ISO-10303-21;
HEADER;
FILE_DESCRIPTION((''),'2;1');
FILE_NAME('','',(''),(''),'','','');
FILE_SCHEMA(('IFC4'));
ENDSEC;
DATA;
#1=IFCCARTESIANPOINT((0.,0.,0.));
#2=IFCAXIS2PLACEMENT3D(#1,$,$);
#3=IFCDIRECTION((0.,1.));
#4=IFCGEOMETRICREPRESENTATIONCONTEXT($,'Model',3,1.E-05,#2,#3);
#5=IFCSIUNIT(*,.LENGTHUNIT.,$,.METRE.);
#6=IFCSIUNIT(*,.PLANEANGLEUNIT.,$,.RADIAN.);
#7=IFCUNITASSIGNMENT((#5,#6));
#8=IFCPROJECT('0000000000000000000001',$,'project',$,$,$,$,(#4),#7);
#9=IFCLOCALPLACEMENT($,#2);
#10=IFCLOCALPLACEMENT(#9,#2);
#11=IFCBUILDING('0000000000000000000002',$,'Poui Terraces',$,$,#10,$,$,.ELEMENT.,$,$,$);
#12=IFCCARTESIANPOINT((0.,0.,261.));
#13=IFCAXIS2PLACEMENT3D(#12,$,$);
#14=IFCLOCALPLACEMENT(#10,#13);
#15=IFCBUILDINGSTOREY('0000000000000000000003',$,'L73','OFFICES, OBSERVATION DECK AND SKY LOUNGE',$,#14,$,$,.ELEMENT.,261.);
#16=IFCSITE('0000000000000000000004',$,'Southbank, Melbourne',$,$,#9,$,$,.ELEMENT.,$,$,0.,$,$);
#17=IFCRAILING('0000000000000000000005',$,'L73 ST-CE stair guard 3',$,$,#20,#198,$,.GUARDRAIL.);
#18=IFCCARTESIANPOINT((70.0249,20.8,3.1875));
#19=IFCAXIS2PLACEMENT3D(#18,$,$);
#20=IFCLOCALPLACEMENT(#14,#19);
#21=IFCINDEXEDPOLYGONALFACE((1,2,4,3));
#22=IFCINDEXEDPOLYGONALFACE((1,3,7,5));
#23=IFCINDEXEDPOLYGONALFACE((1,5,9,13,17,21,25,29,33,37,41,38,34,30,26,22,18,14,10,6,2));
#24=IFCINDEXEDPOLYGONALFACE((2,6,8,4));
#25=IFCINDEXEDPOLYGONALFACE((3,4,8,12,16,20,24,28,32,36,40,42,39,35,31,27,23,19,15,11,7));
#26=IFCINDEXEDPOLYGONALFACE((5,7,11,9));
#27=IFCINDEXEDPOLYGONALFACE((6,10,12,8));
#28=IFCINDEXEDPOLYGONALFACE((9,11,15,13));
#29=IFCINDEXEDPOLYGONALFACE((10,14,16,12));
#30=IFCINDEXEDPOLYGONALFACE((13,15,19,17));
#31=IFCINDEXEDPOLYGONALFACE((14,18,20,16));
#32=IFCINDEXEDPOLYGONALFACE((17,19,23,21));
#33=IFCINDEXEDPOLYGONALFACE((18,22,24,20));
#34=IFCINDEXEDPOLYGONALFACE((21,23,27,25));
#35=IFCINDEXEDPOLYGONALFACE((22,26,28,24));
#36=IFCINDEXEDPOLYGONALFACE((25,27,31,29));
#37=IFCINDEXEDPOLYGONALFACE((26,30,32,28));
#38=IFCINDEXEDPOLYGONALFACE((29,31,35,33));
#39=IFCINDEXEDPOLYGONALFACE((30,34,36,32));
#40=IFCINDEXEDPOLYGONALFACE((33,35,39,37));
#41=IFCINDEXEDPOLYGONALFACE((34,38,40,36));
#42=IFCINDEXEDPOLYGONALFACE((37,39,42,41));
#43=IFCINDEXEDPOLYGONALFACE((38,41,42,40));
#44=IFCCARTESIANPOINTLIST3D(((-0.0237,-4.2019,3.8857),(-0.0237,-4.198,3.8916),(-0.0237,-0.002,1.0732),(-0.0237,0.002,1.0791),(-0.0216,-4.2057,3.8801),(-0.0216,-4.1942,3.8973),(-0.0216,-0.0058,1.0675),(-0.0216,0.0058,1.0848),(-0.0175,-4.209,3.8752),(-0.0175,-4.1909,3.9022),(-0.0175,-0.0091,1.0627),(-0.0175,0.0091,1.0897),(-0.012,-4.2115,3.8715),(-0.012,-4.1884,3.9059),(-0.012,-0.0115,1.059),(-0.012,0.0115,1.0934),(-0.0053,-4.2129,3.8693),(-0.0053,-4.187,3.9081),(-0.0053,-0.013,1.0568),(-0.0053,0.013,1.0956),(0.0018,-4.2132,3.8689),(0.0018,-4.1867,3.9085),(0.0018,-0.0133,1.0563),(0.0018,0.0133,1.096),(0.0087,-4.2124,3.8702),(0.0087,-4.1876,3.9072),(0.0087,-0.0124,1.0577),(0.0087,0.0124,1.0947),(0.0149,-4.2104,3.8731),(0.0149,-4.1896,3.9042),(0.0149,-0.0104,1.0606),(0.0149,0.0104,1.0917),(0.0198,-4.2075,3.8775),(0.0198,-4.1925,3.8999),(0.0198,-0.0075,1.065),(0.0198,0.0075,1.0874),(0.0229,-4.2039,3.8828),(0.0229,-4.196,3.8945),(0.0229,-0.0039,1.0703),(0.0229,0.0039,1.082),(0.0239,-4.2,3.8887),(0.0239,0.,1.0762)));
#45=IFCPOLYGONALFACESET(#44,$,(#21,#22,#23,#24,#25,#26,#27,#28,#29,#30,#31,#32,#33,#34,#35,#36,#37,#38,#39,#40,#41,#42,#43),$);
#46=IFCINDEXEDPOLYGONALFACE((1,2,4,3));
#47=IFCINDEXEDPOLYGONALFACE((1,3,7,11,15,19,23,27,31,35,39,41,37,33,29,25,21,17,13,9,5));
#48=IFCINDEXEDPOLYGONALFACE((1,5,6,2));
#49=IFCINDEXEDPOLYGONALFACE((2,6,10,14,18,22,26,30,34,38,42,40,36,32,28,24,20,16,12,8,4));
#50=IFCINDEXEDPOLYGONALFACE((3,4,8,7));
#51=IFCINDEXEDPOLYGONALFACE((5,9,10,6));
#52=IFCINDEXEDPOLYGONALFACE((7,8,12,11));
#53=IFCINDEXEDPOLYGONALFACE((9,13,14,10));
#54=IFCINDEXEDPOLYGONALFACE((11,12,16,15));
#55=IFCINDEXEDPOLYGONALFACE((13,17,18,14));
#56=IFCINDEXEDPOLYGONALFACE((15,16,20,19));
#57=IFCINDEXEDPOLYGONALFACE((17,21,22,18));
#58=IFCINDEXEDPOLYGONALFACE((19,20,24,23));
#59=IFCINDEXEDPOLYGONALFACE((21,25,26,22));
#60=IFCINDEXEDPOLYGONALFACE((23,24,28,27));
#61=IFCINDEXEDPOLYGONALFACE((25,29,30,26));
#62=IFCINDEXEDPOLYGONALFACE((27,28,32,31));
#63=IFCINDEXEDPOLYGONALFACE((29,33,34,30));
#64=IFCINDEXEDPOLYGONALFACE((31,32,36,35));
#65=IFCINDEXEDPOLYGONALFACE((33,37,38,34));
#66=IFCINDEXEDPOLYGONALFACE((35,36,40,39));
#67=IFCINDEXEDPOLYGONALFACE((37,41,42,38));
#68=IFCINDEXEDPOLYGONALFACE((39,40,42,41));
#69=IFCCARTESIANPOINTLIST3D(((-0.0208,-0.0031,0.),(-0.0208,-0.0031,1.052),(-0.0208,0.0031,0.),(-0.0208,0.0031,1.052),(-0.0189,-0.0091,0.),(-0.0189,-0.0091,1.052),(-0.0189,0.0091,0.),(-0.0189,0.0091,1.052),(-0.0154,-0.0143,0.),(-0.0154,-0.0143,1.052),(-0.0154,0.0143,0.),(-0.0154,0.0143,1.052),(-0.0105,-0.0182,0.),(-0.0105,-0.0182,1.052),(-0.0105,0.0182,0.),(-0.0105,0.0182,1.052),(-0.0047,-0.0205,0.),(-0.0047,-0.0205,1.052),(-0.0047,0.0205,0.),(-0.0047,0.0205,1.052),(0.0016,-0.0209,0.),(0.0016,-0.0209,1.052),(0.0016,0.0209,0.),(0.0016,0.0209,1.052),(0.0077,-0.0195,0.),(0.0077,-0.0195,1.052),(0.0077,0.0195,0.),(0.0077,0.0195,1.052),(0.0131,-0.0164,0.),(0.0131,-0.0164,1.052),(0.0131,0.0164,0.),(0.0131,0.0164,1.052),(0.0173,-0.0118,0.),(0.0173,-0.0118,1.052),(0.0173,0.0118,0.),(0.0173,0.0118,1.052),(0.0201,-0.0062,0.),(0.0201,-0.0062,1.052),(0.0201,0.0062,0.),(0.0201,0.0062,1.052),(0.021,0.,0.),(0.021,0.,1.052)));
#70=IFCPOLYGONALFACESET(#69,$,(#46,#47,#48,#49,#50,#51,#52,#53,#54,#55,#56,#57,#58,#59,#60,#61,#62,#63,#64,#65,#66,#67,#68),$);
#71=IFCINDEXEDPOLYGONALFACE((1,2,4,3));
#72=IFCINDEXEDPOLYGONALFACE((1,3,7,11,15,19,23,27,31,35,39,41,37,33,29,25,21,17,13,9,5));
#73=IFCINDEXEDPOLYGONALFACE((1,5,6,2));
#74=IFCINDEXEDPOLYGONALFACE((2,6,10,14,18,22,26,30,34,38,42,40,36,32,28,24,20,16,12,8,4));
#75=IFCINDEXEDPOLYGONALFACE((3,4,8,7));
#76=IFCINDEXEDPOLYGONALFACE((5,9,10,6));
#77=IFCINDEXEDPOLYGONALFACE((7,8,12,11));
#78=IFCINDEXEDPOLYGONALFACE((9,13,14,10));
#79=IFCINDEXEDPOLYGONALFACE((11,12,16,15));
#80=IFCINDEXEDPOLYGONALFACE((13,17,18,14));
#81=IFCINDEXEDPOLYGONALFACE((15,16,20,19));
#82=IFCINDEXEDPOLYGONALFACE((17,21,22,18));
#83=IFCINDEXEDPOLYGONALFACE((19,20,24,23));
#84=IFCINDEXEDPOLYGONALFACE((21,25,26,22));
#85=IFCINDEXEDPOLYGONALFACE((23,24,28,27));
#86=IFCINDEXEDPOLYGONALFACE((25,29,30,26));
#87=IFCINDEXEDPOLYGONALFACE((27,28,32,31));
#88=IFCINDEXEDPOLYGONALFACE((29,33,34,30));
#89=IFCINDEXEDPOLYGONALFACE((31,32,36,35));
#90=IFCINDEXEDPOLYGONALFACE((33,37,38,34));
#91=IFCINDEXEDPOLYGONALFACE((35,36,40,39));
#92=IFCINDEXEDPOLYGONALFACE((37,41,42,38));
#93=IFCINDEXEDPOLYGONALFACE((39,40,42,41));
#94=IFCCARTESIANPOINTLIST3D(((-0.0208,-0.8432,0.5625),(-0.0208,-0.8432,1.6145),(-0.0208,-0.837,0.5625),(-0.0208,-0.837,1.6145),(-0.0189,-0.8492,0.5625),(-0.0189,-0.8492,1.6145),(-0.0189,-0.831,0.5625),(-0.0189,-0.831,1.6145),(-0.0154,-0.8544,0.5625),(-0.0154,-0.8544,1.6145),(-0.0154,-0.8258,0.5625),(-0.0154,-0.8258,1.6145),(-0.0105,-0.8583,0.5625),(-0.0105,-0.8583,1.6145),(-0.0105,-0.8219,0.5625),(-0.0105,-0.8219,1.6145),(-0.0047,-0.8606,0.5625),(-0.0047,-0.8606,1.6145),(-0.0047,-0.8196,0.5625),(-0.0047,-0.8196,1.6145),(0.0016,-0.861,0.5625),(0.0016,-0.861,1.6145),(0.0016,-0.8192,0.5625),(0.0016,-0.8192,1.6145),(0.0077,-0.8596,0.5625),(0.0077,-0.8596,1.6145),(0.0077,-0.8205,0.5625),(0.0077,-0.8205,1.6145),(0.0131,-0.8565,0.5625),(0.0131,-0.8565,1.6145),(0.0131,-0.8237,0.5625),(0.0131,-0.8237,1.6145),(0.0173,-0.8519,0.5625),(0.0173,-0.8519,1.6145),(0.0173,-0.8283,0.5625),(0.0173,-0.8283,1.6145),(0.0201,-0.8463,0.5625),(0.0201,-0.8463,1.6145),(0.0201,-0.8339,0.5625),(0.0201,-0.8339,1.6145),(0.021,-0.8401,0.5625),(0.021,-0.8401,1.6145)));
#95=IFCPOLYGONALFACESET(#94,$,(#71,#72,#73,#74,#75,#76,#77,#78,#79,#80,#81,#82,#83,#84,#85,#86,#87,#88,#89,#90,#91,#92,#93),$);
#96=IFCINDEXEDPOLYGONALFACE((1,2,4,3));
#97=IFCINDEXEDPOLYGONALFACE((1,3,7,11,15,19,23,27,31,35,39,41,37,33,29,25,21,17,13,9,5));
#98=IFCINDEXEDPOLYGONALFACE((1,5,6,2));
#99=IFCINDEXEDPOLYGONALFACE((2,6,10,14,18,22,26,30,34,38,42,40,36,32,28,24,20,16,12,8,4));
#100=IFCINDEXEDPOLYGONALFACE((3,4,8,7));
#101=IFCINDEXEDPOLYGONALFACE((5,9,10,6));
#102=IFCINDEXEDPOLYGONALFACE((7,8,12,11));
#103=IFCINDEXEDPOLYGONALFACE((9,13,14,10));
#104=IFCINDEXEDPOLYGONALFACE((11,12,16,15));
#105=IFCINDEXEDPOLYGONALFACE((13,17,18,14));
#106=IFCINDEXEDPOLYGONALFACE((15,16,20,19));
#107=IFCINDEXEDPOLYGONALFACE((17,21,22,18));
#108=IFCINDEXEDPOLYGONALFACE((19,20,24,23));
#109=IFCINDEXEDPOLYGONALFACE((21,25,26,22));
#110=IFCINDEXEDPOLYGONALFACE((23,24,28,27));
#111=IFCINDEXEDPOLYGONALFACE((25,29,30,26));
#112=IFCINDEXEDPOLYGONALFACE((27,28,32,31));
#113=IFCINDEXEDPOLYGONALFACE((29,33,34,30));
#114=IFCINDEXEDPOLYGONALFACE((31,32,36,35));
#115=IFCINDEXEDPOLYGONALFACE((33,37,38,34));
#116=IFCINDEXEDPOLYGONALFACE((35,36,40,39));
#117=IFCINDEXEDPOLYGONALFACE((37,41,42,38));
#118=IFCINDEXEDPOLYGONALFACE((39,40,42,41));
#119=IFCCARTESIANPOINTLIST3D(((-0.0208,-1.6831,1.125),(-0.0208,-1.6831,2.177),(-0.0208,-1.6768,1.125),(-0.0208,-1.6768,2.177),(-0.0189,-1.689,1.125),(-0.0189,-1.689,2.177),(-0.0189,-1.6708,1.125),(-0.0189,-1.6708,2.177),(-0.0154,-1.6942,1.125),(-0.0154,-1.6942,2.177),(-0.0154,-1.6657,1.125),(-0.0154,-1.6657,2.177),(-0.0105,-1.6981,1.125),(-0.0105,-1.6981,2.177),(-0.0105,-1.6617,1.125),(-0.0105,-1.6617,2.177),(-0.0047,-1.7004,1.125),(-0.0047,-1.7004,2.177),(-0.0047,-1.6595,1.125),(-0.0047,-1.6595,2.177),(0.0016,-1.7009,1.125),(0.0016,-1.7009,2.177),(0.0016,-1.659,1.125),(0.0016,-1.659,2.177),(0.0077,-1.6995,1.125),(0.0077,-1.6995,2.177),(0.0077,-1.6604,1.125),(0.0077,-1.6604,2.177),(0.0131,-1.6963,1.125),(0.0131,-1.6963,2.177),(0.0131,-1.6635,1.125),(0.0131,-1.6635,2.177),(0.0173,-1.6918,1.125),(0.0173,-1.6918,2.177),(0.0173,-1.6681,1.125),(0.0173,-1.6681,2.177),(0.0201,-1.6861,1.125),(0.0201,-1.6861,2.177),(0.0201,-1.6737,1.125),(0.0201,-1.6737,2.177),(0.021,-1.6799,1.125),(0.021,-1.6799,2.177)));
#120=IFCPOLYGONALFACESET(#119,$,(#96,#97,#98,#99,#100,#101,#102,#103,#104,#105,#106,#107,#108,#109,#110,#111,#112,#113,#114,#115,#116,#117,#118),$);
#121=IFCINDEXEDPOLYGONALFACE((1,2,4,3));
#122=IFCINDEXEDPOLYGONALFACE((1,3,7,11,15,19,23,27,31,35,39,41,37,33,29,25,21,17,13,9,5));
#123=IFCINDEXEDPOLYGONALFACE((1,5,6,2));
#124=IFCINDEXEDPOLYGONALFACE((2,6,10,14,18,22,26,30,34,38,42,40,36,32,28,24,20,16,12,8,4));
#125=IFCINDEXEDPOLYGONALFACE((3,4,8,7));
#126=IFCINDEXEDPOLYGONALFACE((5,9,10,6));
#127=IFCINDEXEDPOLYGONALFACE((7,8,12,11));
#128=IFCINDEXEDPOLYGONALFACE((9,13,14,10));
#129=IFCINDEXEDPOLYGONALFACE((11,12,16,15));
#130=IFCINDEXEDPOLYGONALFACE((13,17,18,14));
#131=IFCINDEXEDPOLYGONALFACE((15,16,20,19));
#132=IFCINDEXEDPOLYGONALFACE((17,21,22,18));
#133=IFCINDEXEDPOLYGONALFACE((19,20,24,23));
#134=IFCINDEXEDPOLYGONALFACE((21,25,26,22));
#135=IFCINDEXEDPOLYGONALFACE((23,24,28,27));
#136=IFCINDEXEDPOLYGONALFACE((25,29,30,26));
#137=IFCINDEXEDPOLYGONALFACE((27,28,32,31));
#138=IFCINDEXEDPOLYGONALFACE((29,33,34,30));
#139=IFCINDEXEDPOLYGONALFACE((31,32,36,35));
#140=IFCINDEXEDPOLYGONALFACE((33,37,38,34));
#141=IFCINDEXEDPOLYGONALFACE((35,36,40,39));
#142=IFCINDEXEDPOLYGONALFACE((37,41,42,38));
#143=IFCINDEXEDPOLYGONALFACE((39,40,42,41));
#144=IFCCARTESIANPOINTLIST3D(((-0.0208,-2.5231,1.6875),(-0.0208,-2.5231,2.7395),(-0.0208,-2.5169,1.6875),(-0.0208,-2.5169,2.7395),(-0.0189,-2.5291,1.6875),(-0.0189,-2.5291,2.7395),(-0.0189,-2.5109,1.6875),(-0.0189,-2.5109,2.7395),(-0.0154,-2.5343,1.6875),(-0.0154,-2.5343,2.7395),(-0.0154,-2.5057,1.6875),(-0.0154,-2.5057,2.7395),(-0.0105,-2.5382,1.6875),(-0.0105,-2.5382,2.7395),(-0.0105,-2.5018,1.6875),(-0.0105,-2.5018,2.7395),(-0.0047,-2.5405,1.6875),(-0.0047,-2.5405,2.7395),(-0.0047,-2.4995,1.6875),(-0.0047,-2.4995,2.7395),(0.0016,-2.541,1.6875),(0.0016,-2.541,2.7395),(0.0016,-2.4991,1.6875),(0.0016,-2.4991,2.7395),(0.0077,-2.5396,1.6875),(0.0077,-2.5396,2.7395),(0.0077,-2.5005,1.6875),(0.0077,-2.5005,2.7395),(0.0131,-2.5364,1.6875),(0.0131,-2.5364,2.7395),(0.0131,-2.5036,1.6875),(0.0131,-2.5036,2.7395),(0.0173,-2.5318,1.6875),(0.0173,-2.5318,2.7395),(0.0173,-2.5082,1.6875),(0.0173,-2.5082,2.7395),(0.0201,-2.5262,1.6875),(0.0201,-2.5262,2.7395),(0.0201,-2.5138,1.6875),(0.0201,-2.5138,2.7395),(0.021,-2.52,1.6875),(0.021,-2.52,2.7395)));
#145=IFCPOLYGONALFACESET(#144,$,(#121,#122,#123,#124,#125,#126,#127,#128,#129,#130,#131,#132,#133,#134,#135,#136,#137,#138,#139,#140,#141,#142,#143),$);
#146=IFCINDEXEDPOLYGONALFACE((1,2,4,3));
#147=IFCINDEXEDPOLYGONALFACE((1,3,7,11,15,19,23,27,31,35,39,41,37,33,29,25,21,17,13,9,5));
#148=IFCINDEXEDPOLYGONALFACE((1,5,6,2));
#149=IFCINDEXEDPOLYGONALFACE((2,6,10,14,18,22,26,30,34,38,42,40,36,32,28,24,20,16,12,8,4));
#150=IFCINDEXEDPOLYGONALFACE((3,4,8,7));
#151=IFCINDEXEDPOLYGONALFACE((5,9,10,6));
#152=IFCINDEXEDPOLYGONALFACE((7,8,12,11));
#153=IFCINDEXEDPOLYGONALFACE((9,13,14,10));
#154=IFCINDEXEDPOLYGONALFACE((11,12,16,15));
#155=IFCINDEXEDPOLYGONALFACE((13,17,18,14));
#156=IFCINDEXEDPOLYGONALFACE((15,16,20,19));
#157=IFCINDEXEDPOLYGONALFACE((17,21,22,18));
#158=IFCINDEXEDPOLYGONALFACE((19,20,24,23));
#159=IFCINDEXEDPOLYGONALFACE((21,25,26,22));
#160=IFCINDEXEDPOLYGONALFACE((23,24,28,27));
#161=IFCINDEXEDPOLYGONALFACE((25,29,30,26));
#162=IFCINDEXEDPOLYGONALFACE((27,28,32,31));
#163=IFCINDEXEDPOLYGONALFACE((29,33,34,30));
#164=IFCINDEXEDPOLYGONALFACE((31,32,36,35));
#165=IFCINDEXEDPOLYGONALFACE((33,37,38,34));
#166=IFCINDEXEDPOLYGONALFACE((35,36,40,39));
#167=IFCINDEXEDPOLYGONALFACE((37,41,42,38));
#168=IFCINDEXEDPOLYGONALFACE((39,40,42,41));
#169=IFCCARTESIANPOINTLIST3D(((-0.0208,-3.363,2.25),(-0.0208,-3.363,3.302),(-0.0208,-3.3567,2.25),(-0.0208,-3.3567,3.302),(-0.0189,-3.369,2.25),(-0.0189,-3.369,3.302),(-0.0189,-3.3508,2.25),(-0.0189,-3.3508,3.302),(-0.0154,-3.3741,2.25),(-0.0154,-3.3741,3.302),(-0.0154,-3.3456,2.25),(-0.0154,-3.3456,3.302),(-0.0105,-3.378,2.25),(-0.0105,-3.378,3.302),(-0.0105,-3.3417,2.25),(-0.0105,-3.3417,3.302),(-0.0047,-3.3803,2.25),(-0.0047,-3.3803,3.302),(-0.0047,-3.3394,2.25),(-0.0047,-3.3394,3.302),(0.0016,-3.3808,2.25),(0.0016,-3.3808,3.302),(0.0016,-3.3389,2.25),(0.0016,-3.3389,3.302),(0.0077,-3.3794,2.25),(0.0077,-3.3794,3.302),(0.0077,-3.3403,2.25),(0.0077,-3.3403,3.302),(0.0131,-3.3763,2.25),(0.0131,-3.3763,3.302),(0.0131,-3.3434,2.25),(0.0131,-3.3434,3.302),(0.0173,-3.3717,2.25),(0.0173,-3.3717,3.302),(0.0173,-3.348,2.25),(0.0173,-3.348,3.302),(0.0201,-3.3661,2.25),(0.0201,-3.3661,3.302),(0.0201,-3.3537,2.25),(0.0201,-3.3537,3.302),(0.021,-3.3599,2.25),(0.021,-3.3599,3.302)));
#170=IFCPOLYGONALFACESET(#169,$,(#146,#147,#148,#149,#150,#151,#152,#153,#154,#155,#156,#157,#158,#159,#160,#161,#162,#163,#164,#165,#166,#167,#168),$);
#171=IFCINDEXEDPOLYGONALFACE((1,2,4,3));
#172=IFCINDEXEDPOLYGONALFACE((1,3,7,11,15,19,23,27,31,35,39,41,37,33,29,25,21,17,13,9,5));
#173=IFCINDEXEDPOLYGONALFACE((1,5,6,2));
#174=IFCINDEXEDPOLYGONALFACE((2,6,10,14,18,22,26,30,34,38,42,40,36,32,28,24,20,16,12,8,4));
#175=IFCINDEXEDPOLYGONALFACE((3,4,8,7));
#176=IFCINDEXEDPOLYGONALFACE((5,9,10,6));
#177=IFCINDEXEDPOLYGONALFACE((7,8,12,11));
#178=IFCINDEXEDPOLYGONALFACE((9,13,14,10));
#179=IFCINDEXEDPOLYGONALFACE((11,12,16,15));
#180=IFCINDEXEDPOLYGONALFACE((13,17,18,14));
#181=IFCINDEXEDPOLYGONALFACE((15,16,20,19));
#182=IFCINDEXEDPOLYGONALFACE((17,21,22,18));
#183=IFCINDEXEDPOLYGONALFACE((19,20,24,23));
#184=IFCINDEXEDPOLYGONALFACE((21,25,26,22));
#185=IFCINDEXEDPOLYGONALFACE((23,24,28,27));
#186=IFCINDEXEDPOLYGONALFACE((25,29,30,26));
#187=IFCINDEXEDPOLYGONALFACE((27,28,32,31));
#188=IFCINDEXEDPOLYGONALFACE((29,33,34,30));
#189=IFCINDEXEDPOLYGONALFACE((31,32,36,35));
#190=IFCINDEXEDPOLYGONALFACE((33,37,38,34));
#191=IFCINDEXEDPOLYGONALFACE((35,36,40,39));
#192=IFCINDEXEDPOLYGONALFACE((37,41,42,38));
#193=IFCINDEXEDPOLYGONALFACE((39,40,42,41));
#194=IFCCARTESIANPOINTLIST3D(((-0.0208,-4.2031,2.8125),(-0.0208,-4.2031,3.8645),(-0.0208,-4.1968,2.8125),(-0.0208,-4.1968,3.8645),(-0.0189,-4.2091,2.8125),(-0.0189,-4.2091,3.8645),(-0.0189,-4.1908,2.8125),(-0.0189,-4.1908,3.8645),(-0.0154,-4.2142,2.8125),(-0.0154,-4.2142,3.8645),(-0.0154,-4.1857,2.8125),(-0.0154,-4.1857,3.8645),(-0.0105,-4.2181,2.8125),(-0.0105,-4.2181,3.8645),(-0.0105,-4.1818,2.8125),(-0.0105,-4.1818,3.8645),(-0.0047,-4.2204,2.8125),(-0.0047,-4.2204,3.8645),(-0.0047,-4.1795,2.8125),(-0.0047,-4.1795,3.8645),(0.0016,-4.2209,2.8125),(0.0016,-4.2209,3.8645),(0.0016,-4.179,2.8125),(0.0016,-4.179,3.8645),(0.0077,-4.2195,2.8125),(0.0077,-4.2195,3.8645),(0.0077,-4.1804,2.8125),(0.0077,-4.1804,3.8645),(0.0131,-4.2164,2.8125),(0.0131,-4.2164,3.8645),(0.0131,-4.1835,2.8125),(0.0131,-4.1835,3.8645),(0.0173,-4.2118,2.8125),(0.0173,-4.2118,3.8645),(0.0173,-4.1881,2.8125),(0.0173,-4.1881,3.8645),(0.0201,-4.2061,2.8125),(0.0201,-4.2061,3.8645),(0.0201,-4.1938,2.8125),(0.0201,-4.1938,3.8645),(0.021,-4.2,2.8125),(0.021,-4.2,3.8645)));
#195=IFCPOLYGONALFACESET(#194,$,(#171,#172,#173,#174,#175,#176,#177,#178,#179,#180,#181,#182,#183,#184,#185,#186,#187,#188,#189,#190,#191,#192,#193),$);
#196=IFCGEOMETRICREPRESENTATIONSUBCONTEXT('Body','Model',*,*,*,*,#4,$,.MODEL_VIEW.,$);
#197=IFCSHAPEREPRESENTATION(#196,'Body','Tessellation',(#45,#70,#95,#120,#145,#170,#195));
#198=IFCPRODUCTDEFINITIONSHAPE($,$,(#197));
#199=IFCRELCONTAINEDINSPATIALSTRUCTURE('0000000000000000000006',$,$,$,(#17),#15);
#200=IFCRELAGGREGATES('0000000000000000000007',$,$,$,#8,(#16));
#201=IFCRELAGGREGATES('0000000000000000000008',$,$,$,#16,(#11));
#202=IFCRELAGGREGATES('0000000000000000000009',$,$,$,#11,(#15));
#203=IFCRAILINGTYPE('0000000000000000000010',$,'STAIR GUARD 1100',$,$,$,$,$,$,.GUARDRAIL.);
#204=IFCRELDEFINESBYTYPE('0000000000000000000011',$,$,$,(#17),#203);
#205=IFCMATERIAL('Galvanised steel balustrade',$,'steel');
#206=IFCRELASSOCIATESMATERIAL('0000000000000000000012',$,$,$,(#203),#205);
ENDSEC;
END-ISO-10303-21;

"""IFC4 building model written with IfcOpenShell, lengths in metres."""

from ifc_helpers import new_model, si_unit, direction, frame, origin, origin_2d, place, context, subcontext, project, spatial, circle, extrude, material, type_object, element, save


model = new_model("IFC4")

# Units and contexts
model_context = context("Model", 3, precision=1e-05, world=origin(), true_north=direction((0.0, 1.0)))
body_context = subcontext(model_context, "Body", "Model", "MODEL_VIEW")
ifc_project = project(units=[si_unit("LENGTHUNIT", "METRE"), si_unit("PLANEANGLEUNIT", "RADIAN")], contexts=[model_context])

# Site, building, storey
site_placement = place(None, origin())
site = spatial("IfcSite", under=ifc_project, at=site_placement, Name="Southbank, Melbourne", CompositionType="ELEMENT", RefElevation=0.0)
building_placement = place(site_placement, origin())
building = spatial("IfcBuilding", under=site, at=building_placement, Name="Poui Terraces", CompositionType="ELEMENT")
storey_placement = place(building_placement, frame((0.0, 0.0, 261.0)))
storey = spatial("IfcBuildingStorey", under=building, at=storey_placement, Name="L73", Description="OFFICES, OBSERVATION DECK AND SKY LOUNGE", CompositionType="ELEMENT", Elevation=261.0)

# Railing
ifc_material_1 = material(Name="Galvanised steel balustrade", Category="steel")
railing_type_1 = type_object("IfcRailingType", Name="STAIR GUARD 1100", PredefinedType="GUARDRAIL", material=ifc_material_1)
railing_1_placement = place(storey_placement, frame((70.0249, 20.8, 3.1875)))
element("IfcRailing", 1, at=railing_1_placement, inside=storey, type_object=railing_type_1, Name="L73 ST-CE stair guard 3", PredefinedType="GUARDRAIL", context=body_context, shape_type="SweptSolid", body=[
    extrude(circle(Radius=0.0239, at=origin_2d()), frame((0.0, 0.0, 1.0762), z_axis=(0.0, -0.830904, 0.556416), x_axis=(1.0, 0.0, 0.0)), (0.0, 0.0, 1.0), 5.0547),
    extrude(circle(Radius=0.021, at=origin_2d()), origin(), (0.0, 0.0, 1.0), 1.052),
    extrude(circle(Radius=0.021, at=origin_2d()), frame((0.0, -0.8401, 0.5625)), (0.0, 0.0, 1.0), 1.052),
    extrude(circle(Radius=0.021, at=origin_2d()), frame((0.0, -1.6799, 1.125)), (0.0, 0.0, 1.0), 1.052),
    extrude(circle(Radius=0.021, at=origin_2d()), frame((0.0, -2.52, 1.6875)), (0.0, 0.0, 1.0), 1.052),
    extrude(circle(Radius=0.021, at=origin_2d()), frame((0.0, -3.3599, 2.25)), (0.0, 0.0, 1.0), 1.052),
    extrude(circle(Radius=0.021, at=origin_2d()), frame((0.0, -4.2, 2.8125)), (0.0, 0.0, 1.0), 1.052),
])

save(model, "model.ifc")
